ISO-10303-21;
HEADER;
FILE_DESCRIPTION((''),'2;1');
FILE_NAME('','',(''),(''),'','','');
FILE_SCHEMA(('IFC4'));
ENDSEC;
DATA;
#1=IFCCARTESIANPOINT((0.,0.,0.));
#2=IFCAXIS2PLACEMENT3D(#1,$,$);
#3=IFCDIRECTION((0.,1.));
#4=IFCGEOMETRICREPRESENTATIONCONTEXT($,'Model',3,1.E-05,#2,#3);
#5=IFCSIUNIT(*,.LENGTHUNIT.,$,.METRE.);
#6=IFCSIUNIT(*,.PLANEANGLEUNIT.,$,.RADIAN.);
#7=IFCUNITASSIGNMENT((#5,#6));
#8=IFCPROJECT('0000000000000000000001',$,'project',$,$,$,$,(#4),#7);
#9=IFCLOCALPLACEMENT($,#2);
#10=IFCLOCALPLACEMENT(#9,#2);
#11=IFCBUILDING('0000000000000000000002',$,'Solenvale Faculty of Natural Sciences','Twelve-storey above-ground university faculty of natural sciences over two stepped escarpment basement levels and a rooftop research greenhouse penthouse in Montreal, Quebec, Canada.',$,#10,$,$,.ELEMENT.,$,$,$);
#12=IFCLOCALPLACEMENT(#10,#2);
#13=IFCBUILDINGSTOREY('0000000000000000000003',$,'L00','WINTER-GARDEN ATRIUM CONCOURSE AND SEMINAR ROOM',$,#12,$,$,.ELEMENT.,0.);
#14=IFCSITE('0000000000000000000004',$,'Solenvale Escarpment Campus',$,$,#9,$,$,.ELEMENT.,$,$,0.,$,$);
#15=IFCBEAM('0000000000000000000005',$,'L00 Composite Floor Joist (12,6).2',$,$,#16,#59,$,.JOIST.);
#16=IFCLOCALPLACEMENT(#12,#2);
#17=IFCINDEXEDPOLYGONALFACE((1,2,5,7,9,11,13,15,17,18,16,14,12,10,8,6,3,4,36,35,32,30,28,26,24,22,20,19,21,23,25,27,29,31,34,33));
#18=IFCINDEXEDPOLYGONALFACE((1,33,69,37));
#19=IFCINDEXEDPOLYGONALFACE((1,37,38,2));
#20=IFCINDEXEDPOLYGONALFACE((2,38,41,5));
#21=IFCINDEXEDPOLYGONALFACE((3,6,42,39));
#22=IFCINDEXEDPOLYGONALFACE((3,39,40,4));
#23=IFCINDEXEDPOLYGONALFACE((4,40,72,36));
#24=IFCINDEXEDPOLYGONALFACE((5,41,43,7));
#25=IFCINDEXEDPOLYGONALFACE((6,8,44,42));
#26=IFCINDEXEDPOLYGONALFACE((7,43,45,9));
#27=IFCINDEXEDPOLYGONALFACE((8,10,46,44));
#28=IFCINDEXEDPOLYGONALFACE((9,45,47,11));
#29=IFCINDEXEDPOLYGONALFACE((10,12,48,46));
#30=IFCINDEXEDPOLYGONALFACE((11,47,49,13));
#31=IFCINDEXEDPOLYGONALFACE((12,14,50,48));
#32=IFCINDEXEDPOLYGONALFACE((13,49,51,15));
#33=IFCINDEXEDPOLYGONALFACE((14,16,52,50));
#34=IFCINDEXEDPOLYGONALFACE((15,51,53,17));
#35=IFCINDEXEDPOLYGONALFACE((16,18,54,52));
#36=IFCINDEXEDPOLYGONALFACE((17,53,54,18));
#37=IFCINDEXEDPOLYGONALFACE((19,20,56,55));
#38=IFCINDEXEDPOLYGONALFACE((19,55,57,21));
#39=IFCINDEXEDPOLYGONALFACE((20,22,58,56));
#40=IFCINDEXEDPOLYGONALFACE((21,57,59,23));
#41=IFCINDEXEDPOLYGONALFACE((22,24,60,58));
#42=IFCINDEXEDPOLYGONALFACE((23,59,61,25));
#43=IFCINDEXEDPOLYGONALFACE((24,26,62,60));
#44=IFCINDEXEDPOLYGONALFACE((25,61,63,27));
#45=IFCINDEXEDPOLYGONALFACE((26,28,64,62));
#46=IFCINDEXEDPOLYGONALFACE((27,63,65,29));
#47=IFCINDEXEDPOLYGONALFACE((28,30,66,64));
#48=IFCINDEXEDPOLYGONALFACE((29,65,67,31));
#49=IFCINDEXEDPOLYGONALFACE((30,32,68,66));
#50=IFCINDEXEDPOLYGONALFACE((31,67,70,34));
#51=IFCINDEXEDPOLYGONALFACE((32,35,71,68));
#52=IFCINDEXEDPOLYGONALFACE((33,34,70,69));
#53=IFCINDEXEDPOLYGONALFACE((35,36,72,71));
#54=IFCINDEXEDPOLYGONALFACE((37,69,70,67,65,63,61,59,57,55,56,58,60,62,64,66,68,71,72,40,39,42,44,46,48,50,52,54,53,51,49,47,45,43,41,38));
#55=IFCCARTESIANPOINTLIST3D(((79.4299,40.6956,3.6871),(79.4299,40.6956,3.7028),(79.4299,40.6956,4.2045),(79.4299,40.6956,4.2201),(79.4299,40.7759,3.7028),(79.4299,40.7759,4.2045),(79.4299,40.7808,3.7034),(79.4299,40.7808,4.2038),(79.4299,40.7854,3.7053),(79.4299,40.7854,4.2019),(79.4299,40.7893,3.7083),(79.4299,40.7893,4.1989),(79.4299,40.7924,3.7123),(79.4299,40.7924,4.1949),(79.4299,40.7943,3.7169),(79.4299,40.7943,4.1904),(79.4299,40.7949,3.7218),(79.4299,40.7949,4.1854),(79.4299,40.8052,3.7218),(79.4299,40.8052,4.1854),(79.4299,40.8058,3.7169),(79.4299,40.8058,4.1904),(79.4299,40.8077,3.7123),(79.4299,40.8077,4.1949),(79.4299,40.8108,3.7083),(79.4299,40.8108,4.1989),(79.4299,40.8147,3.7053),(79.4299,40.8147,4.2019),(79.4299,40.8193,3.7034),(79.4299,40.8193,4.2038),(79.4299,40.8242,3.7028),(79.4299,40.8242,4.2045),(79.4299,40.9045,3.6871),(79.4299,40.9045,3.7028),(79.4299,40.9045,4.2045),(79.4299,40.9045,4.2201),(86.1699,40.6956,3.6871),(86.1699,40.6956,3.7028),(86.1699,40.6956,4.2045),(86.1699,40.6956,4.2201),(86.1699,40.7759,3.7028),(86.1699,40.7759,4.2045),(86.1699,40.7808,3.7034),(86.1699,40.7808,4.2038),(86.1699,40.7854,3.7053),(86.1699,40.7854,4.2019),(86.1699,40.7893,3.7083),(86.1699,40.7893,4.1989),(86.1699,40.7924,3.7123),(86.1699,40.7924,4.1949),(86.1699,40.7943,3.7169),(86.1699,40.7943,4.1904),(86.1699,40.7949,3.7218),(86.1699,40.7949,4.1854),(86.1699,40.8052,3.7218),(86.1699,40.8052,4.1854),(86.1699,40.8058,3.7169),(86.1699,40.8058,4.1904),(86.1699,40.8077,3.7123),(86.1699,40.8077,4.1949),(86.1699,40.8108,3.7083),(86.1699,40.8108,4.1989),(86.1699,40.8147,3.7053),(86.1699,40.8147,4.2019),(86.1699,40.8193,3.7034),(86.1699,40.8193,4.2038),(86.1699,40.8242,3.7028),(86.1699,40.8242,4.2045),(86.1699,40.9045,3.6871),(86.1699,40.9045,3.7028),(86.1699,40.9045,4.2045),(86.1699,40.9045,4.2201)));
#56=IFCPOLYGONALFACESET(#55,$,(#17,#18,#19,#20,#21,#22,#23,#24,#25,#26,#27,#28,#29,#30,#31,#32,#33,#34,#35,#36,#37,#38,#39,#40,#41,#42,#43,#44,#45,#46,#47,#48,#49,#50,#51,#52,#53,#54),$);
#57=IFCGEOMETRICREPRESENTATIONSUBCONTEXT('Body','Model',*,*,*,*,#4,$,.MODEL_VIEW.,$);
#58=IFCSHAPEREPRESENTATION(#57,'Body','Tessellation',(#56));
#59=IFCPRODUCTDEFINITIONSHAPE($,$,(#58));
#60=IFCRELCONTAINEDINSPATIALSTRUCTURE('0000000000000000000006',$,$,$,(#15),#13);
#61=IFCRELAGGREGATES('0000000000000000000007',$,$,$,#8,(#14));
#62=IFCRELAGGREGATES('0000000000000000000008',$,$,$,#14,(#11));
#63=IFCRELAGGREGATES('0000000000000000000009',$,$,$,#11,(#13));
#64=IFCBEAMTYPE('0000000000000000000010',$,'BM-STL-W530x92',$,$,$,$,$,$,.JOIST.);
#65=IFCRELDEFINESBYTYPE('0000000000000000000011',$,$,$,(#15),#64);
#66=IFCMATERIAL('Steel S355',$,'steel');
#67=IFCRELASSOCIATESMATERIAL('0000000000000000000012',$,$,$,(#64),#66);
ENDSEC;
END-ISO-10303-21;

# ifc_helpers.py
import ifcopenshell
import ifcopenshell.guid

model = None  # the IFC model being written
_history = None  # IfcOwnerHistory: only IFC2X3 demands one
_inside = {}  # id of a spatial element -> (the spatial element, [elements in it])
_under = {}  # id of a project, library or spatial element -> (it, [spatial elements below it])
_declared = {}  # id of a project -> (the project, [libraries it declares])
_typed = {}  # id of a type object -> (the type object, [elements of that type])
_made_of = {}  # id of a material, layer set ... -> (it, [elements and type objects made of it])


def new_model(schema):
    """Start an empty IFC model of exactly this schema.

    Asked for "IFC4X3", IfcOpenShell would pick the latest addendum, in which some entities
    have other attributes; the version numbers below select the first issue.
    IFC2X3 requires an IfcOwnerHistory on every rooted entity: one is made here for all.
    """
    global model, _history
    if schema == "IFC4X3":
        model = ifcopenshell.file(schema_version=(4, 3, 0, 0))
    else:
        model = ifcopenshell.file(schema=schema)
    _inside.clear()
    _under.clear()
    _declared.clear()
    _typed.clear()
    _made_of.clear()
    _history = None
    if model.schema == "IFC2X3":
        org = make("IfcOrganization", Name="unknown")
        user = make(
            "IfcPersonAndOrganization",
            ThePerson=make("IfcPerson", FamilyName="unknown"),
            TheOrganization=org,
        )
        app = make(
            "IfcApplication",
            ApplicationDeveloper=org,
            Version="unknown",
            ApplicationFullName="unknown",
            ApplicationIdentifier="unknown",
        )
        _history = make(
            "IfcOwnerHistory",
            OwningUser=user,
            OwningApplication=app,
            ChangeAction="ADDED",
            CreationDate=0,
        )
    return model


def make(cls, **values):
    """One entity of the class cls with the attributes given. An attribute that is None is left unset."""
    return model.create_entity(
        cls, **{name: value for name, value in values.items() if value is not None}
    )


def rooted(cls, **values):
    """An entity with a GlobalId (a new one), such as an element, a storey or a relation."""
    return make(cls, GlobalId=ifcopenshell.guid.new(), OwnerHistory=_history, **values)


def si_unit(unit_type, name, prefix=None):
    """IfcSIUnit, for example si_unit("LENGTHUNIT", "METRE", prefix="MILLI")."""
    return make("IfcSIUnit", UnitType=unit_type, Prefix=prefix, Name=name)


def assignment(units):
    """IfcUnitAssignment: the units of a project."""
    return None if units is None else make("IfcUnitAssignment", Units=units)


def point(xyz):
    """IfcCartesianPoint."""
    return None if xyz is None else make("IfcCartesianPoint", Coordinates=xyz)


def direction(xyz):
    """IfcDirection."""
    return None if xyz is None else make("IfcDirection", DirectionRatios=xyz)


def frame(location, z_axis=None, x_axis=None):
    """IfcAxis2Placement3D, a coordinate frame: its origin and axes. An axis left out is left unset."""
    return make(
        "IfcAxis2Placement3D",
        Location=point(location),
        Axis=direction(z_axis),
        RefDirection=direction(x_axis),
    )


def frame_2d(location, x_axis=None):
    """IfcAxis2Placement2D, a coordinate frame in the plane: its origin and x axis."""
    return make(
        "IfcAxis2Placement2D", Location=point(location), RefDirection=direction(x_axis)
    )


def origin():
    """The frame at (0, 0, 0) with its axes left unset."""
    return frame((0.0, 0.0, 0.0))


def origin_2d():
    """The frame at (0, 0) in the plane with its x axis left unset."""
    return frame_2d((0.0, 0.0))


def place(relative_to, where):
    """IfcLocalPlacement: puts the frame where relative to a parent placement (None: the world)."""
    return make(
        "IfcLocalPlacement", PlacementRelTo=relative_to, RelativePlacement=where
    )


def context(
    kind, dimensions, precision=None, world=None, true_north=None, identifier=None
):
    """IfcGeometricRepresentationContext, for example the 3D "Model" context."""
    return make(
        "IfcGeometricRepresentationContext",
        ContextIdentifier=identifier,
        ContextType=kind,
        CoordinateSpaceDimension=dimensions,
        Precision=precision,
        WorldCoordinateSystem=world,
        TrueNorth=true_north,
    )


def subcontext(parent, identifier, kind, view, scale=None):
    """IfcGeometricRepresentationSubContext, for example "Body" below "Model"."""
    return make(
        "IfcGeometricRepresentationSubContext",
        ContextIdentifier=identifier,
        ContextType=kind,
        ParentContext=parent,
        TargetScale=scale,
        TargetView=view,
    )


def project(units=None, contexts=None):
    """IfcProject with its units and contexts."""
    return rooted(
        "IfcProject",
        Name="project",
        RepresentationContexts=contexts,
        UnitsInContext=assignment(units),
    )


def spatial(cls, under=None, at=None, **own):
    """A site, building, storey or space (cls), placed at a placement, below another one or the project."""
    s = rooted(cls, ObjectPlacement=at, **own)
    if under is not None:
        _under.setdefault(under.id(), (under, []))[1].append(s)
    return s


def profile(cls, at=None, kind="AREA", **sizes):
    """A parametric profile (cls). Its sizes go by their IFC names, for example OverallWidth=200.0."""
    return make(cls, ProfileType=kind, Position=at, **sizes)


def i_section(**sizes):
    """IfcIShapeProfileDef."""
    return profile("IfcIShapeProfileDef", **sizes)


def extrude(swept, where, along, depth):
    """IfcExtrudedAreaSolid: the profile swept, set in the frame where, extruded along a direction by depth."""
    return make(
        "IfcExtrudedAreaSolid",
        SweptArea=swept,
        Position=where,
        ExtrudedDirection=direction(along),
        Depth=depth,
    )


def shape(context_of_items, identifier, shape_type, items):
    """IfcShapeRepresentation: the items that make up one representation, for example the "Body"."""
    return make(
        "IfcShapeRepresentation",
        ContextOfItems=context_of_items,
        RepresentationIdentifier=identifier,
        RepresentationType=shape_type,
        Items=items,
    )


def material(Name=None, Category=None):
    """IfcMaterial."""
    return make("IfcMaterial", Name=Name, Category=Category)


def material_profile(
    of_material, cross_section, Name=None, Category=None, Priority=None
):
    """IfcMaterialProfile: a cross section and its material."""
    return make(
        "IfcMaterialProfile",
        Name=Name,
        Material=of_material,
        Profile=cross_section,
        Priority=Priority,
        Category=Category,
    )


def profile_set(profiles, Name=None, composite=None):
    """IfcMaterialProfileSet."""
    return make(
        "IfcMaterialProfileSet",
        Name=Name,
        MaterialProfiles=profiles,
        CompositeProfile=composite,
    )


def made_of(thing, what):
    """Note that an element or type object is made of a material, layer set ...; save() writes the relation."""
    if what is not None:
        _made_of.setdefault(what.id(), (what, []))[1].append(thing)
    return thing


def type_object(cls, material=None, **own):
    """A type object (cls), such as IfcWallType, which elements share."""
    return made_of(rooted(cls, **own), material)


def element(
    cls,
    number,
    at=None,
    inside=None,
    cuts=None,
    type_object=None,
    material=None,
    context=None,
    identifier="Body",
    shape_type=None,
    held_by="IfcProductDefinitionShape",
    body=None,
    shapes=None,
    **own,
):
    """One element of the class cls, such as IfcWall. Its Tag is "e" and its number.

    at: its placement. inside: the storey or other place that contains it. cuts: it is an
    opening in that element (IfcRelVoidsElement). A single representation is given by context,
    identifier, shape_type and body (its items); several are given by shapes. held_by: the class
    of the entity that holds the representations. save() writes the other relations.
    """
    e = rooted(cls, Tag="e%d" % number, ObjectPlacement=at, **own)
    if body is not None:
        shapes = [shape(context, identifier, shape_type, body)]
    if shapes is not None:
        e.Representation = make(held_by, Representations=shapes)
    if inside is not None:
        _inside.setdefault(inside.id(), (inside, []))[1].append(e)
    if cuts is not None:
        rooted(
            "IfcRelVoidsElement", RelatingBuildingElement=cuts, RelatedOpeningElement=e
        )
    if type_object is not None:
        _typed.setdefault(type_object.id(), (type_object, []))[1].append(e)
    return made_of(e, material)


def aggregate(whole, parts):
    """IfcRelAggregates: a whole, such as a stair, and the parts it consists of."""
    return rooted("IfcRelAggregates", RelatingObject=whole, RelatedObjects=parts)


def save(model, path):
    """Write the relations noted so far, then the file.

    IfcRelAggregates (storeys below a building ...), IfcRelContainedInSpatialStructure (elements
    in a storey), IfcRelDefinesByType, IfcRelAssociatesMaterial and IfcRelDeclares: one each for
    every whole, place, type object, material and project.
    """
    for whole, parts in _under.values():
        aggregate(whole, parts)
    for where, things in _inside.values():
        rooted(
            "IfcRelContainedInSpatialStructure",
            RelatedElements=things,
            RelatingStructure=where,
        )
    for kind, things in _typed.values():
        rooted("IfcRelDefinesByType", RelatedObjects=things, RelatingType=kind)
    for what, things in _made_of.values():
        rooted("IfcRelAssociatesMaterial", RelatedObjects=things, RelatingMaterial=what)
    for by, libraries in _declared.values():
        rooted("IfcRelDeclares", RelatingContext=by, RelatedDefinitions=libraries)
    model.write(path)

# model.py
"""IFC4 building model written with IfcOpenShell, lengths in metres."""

from ifc_helpers import new_model, si_unit, direction, frame, origin, origin_2d, place, context, subcontext, project, spatial, i_section, extrude, material, material_profile, profile_set, type_object, element, save


model = new_model("IFC4")

# Units and contexts
model_context = context("Model", 3, precision=1e-05, world=origin(), true_north=direction((0.0, 1.0)))
body_context = subcontext(model_context, "Body", "Model", "MODEL_VIEW")
ifc_project = project(units=[si_unit("LENGTHUNIT", "METRE"), si_unit("PLANEANGLEUNIT", "RADIAN")], contexts=[model_context])

# Site, building, storey
site_placement = place(None, origin())
site = spatial("IfcSite", under=ifc_project, at=site_placement, Name="Solenvale Escarpment Campus", CompositionType="ELEMENT", RefElevation=0.0)
building_placement = place(site_placement, origin())
building = spatial("IfcBuilding", under=site, at=building_placement, Name="Solenvale Faculty of Natural Sciences", Description="Twelve-storey above-ground university faculty of natural sciences over two stepped escarpment basement levels and a rooftop research greenhouse penthouse in Montreal, Quebec, Canada.", CompositionType="ELEMENT")
storey_placement = place(building_placement, origin())
storey = spatial("IfcBuildingStorey", under=building, at=storey_placement, Name="L00", Description="WINTER-GARDEN ATRIUM CONCOURSE AND SEMINAR ROOM", CompositionType="ELEMENT", Elevation=0.0)

# Beam
ifc_material_1 = material(Name="Steel S355", Category="steel")
ifc_material_profile_1 = material_profile(ifc_material_1, i_section(OverallWidth=0.209, OverallDepth=0.533, WebThickness=0.0103, FlangeThickness=0.0156, FilletRadius=0.019, at=origin_2d()), Name="W530x92")
ifc_profile_set_1 = profile_set([ifc_material_profile_1], Name="Steel S355")
beam_type_1 = type_object("IfcBeamType", Name="BM-STL-W530x92", PredefinedType="JOIST", material=ifc_profile_set_1)
for number, where, z_axis, x_axis, name in (
    (1, (79.4299, 40.8, 3.9536), (1.0, 0.0, 0.0), (0.0, 1.0, 0.0), "L00 Composite Floor Joist (12,6).2"),
):
    element("IfcBeam", number, at=place(storey_placement, frame(where, z_axis=z_axis, x_axis=x_axis)), inside=storey, type_object=beam_type_1, Name=name, PredefinedType="JOIST", context=body_context, shape_type="SweptSolid", body=[
        extrude(i_section(OverallWidth=0.209, OverallDepth=0.533, WebThickness=0.0103, FlangeThickness=0.0156, FilletRadius=0.019, at=origin_2d()), origin(), (0.0, 0.0, 1.0), 6.74),
    ])

save(model, "model.ifc")
